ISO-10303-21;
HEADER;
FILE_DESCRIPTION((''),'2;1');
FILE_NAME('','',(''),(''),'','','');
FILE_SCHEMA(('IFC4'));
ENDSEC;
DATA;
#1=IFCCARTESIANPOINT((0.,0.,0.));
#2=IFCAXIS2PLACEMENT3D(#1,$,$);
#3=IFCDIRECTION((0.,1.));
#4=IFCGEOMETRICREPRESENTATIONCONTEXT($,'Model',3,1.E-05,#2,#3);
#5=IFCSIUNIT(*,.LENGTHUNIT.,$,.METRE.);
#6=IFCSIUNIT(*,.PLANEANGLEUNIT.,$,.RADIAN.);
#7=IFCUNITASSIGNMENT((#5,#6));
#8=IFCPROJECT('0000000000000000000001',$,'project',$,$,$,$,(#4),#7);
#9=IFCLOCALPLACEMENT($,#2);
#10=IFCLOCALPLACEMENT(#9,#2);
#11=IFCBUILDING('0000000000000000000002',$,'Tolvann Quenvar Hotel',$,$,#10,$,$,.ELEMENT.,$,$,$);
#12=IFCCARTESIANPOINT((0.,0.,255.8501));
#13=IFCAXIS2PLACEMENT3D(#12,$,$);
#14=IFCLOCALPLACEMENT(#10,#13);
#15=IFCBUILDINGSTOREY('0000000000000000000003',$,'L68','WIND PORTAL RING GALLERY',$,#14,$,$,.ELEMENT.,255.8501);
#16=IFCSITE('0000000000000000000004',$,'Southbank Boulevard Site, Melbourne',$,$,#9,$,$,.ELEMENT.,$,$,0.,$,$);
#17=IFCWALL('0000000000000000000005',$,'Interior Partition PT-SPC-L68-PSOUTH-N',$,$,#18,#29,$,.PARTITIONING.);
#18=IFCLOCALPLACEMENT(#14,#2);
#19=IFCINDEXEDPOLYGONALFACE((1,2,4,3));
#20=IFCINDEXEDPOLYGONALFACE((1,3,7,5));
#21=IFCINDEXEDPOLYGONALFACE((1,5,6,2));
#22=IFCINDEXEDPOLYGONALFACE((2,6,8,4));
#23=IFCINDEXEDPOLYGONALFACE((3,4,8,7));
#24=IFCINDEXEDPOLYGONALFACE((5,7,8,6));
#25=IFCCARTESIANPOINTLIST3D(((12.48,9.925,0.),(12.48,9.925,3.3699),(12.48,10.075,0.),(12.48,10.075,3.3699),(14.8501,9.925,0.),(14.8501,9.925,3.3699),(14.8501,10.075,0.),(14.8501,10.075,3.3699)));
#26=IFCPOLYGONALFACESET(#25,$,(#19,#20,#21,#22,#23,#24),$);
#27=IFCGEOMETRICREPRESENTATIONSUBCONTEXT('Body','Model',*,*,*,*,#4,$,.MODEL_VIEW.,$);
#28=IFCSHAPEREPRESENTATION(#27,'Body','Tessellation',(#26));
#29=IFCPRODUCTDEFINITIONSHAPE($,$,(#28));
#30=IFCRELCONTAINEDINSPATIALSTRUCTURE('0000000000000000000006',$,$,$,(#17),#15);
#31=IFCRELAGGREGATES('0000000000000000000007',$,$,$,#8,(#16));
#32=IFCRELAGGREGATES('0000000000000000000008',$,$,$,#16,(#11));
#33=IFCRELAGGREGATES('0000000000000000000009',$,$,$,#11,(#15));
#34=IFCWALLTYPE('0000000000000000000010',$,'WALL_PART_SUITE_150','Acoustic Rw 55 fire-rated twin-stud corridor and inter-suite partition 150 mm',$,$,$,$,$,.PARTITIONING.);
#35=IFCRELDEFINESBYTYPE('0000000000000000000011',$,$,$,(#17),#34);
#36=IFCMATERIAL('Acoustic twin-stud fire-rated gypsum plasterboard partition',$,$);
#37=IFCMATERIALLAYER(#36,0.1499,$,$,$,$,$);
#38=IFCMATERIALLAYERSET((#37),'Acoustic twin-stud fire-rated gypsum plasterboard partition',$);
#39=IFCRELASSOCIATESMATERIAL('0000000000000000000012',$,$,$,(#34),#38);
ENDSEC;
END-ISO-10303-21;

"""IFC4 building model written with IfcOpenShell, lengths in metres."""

from ifc_helpers import new_model, si_unit, direction, frame, frame_2d, origin, place, context, subcontext, project, spatial, rectangle, extrude, material, layer, layer_set, type_object, element, save


model = new_model("IFC4")

# Units and contexts
model_context = context("Model", 3, precision=1e-05, world=origin(), true_north=direction((0.0, 1.0)))
body_context = subcontext(model_context, "Body", "Model", "MODEL_VIEW")
ifc_project = project(units=[si_unit("LENGTHUNIT", "METRE"), si_unit("PLANEANGLEUNIT", "RADIAN")], contexts=[model_context])

# Site, building, storey
site_placement = place(None, origin())
site = spatial("IfcSite", under=ifc_project, at=site_placement, Name="Southbank Boulevard Site, Melbourne", CompositionType="ELEMENT", RefElevation=0.0)
building_placement = place(site_placement, origin())
building = spatial("IfcBuilding", under=site, at=building_placement, Name="Tolvann Quenvar Hotel", CompositionType="ELEMENT")
storey_placement = place(building_placement, frame((0.0, 0.0, 255.8501)))
storey = spatial("IfcBuildingStorey", under=building, at=storey_placement, Name="L68", Description="WIND PORTAL RING GALLERY", CompositionType="ELEMENT", Elevation=255.8501)

# Shared definitions
ifc_material_1 = material(Name="Acoustic twin-stud fire-rated gypsum plasterboard partition")

# Shared definitions
ifc_layer_1 = layer(ifc_material_1, 0.1499)
ifc_layer_set_1 = layer_set([ifc_layer_1], Name="Acoustic twin-stud fire-rated gypsum plasterboard partition")
wall_type_1 = type_object("IfcWallType", Name="WALL_PART_SUITE_150", Description="Acoustic Rw 55 fire-rated twin-stud corridor and inter-suite partition 150 mm", PredefinedType="PARTITIONING", material=ifc_layer_set_1)

# Wall
wall_1_placement = place(storey_placement, frame((12.48, 10.0, 0.0), z_axis=(0.0, 0.0, 1.0), x_axis=(1.0, 0.0, 0.0)))
element("IfcWall", 1, at=wall_1_placement, inside=storey, type_object=wall_type_1, Name="Interior Partition PT-SPC-L68-PSOUTH-N", PredefinedType="PARTITIONING", context=body_context, shape_type="SweptSolid", body=[
    extrude(rectangle(XDim=2.3701, YDim=0.1499, at=frame_2d((1.1851, 0.0))), origin(), (0.0, 0.0, 1.0), 3.3699),
])

save(model, "model.ifc")
